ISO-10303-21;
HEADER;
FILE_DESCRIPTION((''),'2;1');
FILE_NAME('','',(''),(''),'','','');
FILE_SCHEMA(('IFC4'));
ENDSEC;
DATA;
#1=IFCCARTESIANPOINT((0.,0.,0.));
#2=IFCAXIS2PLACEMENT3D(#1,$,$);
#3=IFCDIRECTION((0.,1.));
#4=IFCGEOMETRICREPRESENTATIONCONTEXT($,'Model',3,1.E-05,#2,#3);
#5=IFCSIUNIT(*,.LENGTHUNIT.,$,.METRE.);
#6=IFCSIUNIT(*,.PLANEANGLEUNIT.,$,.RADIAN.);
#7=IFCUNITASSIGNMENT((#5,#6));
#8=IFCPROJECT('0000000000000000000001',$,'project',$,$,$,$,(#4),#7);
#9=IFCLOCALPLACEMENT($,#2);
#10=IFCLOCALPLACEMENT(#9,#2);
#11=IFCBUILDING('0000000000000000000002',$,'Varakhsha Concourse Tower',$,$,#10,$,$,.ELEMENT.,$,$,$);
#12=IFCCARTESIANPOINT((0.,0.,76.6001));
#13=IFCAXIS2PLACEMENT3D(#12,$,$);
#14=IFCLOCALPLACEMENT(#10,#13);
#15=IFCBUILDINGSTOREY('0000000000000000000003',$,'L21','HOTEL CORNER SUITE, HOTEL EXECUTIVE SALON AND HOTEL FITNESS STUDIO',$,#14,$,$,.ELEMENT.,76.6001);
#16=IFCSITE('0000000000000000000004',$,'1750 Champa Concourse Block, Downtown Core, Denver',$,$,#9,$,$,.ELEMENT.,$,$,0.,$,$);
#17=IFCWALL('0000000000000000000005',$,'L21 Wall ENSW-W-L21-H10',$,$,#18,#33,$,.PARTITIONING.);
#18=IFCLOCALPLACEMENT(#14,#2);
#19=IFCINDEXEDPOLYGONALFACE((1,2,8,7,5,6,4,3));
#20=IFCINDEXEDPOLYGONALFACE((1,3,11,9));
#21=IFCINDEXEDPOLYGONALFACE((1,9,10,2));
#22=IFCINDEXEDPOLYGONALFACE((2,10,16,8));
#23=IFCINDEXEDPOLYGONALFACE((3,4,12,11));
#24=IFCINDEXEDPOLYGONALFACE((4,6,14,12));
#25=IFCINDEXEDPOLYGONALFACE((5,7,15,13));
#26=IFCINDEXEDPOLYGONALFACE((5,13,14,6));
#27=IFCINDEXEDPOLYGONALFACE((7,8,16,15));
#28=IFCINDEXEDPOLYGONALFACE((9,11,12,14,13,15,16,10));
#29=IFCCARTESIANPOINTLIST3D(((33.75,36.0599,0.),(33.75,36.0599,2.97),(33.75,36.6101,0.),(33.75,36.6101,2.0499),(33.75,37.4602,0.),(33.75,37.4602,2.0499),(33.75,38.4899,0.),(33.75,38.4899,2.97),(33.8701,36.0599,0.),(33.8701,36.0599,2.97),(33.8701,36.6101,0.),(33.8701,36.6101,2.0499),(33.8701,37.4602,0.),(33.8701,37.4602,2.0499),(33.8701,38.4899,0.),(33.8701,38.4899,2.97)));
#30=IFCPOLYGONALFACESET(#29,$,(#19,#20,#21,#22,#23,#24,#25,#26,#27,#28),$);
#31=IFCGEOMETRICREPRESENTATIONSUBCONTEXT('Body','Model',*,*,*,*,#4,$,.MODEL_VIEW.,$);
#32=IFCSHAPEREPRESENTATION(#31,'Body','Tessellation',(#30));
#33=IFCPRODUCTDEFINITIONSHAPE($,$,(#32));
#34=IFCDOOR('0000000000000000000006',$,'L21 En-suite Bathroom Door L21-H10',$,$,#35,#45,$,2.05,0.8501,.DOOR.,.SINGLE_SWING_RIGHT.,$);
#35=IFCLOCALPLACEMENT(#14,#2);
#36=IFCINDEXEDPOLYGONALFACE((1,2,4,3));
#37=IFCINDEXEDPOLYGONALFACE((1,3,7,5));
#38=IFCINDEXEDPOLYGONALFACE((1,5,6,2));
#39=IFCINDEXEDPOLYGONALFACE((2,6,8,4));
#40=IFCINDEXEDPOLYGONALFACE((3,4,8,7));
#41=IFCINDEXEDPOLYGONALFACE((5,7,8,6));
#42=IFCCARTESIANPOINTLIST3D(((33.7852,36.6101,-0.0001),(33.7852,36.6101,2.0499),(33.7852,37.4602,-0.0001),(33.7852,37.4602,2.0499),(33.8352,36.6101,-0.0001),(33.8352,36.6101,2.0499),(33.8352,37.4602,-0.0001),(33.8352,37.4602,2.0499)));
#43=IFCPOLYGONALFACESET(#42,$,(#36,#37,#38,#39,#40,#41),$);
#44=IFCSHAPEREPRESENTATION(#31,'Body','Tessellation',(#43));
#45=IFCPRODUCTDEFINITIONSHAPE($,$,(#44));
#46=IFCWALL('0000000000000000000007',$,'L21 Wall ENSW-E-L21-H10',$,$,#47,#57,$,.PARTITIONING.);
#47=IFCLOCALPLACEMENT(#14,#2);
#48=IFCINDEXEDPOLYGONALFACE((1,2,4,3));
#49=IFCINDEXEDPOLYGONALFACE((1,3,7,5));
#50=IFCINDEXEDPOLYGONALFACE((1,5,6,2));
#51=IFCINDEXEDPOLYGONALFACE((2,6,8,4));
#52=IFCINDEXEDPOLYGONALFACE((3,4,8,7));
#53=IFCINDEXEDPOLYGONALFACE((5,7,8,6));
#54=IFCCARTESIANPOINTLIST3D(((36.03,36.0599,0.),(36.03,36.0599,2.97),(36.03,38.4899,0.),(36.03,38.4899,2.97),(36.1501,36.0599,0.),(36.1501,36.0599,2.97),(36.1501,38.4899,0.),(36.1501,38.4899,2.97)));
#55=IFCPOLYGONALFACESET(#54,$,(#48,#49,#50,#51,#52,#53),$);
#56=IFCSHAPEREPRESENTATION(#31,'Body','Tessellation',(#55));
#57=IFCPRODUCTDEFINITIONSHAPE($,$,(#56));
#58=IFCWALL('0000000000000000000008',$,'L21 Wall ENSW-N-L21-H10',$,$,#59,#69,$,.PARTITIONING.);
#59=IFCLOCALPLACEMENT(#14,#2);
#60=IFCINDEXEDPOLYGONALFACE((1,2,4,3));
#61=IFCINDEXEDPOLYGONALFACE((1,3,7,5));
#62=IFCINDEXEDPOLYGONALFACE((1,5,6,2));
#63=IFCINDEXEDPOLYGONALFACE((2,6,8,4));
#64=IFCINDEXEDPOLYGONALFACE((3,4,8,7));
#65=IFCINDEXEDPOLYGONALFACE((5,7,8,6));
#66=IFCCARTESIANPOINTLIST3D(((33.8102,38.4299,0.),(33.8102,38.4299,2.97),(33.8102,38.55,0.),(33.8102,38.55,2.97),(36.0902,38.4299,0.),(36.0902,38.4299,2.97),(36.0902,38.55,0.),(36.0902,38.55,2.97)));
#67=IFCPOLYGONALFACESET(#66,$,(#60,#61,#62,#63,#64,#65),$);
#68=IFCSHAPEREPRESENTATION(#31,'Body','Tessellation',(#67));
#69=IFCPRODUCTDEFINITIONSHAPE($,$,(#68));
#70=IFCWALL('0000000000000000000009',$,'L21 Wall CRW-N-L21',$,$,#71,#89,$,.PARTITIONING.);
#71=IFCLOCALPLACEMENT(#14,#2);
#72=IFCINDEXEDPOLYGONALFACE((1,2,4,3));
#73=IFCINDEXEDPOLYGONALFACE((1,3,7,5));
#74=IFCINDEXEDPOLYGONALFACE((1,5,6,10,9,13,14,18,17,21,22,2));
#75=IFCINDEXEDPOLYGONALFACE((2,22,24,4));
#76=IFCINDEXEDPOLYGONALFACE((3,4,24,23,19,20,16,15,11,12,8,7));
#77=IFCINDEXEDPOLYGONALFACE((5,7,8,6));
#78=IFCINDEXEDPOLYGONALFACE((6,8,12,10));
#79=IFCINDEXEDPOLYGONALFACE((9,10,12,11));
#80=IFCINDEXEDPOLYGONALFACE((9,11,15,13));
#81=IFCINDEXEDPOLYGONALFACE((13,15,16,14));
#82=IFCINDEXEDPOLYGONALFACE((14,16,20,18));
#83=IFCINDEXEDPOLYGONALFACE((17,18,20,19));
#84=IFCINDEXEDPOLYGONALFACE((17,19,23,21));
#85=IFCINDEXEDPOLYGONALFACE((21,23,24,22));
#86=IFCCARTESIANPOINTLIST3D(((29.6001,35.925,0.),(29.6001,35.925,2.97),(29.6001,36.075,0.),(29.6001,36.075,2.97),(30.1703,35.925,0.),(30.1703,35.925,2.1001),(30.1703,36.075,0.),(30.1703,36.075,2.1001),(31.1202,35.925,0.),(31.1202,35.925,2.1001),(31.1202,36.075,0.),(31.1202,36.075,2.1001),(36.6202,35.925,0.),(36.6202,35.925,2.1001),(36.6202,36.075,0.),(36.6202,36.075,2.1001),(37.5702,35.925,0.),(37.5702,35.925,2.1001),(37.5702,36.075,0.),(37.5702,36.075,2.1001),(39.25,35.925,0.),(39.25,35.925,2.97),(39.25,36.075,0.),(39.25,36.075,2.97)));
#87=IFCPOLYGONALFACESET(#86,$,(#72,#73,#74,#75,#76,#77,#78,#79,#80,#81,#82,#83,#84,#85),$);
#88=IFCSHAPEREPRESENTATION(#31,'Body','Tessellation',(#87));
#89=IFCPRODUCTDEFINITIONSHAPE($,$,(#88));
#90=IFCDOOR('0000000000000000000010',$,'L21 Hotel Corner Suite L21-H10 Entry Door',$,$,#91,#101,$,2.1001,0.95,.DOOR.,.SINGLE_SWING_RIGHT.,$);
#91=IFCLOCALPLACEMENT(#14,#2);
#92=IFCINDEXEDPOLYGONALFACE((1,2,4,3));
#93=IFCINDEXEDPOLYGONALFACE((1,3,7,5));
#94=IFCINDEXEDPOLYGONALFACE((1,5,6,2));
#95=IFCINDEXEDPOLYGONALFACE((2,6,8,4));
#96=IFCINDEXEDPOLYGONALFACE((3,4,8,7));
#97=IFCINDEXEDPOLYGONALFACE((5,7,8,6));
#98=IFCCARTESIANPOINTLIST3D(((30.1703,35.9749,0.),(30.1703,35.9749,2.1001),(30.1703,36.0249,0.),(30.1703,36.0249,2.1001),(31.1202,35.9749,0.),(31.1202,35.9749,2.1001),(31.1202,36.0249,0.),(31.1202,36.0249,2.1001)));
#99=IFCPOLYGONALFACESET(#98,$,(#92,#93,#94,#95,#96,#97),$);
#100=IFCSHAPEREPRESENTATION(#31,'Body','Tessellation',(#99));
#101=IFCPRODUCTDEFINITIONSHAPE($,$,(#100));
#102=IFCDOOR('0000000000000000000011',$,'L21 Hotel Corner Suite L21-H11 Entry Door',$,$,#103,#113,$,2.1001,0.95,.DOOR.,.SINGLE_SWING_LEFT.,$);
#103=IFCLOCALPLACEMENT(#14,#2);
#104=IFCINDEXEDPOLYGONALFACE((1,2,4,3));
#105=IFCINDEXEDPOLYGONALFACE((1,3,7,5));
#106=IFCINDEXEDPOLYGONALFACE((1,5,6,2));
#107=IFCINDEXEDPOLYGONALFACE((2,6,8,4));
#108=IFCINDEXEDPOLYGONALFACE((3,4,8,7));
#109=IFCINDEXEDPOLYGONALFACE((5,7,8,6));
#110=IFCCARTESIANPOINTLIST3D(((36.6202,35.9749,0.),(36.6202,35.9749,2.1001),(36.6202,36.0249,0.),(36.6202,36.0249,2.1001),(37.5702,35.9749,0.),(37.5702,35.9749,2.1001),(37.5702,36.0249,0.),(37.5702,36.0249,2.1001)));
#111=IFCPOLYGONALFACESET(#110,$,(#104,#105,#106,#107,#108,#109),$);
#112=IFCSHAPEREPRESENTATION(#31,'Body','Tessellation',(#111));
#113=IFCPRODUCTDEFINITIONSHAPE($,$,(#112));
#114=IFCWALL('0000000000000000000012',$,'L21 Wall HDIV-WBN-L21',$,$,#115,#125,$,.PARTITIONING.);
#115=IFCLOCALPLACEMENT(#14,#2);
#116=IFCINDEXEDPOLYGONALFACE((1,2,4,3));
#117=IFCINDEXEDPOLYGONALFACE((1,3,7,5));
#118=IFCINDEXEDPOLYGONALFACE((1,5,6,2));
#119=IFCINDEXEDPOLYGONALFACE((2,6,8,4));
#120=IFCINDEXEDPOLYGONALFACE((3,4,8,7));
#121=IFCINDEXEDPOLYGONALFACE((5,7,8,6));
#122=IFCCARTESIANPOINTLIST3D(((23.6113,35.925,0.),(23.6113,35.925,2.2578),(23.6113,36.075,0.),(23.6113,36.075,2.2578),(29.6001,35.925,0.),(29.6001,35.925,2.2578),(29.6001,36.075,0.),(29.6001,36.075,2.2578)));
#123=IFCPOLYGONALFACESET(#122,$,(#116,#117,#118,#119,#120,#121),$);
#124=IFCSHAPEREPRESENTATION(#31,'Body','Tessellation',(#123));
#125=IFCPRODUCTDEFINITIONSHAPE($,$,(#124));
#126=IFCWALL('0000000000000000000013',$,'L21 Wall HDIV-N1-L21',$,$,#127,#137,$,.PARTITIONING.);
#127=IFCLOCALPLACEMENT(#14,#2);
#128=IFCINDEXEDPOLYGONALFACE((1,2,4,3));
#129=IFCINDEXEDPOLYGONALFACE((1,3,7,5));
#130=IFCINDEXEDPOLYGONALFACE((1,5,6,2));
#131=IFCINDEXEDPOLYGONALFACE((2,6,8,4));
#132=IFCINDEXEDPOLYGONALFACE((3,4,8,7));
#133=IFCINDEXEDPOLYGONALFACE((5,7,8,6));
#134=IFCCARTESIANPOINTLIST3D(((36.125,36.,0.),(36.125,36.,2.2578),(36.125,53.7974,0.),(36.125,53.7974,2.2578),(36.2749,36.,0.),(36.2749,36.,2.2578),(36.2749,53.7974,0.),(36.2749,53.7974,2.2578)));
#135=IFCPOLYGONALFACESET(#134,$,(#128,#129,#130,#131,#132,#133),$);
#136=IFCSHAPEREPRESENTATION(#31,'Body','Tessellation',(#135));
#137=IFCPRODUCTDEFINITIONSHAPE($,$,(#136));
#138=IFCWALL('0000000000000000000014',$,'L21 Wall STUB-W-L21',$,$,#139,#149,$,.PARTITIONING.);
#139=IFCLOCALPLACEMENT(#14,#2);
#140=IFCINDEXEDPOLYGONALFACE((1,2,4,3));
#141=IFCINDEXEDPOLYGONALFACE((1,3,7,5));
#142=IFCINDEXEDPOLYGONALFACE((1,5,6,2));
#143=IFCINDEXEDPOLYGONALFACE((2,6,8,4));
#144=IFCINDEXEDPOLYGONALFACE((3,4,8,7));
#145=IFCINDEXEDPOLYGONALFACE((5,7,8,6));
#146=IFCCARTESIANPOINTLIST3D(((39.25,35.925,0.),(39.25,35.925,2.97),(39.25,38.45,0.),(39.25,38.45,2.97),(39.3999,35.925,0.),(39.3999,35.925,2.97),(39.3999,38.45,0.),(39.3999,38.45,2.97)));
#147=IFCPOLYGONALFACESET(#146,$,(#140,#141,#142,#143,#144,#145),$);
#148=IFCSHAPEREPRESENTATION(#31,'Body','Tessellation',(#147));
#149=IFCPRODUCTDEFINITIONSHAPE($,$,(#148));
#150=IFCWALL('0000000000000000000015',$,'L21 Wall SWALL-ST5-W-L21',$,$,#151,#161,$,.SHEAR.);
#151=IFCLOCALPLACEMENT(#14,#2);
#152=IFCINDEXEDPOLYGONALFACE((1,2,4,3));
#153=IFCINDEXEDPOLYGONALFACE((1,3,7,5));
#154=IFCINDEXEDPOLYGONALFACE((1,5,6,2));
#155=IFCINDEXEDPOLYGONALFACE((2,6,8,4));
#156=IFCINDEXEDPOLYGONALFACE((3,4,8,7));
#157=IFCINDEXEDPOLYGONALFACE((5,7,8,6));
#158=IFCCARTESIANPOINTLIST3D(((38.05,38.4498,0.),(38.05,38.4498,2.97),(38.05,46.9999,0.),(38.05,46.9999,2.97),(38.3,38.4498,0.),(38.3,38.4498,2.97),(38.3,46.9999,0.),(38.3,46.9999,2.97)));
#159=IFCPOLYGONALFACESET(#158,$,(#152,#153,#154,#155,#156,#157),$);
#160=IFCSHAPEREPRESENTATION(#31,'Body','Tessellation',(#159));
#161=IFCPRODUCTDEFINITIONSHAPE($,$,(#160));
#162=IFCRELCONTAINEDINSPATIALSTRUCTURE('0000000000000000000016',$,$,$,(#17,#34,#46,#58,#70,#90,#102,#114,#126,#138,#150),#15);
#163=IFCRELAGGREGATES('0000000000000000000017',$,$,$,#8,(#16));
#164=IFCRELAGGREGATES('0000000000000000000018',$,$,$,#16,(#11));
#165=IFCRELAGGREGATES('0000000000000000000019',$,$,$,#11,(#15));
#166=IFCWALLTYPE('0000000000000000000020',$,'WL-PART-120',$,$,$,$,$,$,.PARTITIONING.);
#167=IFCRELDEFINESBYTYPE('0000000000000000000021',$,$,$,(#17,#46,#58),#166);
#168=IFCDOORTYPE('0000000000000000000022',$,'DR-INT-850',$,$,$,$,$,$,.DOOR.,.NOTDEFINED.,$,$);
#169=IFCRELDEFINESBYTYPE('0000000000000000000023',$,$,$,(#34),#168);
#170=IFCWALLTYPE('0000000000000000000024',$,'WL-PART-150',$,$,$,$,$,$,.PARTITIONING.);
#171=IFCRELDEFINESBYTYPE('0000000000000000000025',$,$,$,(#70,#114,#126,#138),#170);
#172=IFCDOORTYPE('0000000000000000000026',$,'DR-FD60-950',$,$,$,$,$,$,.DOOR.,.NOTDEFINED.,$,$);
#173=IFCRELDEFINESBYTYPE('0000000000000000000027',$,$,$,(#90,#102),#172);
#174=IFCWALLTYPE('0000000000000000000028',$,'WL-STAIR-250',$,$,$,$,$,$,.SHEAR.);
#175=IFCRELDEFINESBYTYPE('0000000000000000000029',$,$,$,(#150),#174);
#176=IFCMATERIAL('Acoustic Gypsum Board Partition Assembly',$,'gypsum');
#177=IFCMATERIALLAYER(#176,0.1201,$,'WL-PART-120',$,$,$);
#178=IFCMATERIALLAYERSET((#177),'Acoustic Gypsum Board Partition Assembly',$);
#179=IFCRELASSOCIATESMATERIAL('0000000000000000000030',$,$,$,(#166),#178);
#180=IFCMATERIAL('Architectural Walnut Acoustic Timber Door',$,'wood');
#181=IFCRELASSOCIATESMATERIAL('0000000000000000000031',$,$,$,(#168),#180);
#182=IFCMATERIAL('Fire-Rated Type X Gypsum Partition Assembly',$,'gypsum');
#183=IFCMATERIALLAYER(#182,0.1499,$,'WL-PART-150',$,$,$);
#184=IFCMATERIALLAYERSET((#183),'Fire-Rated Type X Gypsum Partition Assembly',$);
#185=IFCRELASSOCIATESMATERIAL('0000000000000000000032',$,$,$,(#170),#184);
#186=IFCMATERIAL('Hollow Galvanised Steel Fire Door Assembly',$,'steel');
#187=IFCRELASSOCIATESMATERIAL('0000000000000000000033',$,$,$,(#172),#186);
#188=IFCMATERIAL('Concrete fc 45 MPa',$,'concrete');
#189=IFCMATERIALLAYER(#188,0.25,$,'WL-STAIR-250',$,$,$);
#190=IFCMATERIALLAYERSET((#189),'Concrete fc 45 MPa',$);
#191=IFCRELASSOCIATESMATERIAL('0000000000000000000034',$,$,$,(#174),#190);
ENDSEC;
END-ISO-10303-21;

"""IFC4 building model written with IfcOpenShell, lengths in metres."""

from ifc_helpers import new_model, si_unit, direction, frame, frame_2d, origin, place, context, subcontext, project, spatial, rectangle, extrude, material, layer, layer_set, type_object, element, fill, save


model = new_model("IFC4")

# Units and contexts
model_context = context("Model", 3, precision=1e-05, world=origin(), true_north=direction((0.0, 1.0)))
body_context = subcontext(model_context, "Body", "Model", "MODEL_VIEW")
ifc_project = project(units=[si_unit("LENGTHUNIT", "METRE"), si_unit("PLANEANGLEUNIT", "RADIAN")], contexts=[model_context])

# Site, building, storey
site_placement = place(None, origin())
site = spatial("IfcSite", under=ifc_project, at=site_placement, Name="1750 Champa Concourse Block, Downtown Core, Denver", CompositionType="ELEMENT", RefElevation=0.0)
building_placement = place(site_placement, origin())
building = spatial("IfcBuilding", under=site, at=building_placement, Name="Varakhsha Concourse Tower", CompositionType="ELEMENT")
storey_placement = place(building_placement, frame((0.0, 0.0, 76.6001)))
storey = spatial("IfcBuildingStorey", under=building, at=storey_placement, Name="L21", Description="HOTEL CORNER SUITE, HOTEL EXECUTIVE SALON AND HOTEL FITNESS STUDIO", CompositionType="ELEMENT", Elevation=76.6001)

# Shared definitions
ifc_material_1 = material(Name="Acoustic Gypsum Board Partition Assembly", Category="gypsum")
ifc_layer_1 = layer(ifc_material_1, 0.1201, Name="WL-PART-120")
ifc_layer_set_1 = layer_set([ifc_layer_1], Name="Acoustic Gypsum Board Partition Assembly")
wall_type_1 = type_object("IfcWallType", Name="WL-PART-120", PredefinedType="PARTITIONING", material=ifc_layer_set_1)

# Wall, opening, door
wall_1_placement = place(storey_placement, frame((33.8101, 36.0601, 0.0), z_axis=(0.0, 0.0, 1.0), x_axis=(0.0, 1.0, 0.0)))
wall_1 = element("IfcWall", 1, at=wall_1_placement, inside=storey, type_object=wall_type_1, Name="L21 Wall ENSW-W-L21-H10", PredefinedType="PARTITIONING", context=body_context, shape_type="SweptSolid", body=[
    extrude(rectangle(XDim=2.4299, YDim=0.1201, at=frame_2d((1.2148, 0.0))), origin(), (0.0, 0.0, 1.0), 2.97),
])
opening_1_placement = place(wall_1_placement, frame((0.55, 0.0, 0.0)))
opening_1 = element("IfcOpeningElement", 2, at=opening_1_placement, cuts=wall_1, PredefinedType="OPENING", context=body_context, shape_type="SweptSolid", body=[
    extrude(rectangle(XDim=0.8501, YDim=2.05, at=frame_2d((0.425, 1.0249))), frame((0.0, 0.0701, 0.0), z_axis=(0.0, -1.0, 0.0), x_axis=(1.0, 0.0, 0.0)), (0.0, 0.0, 1.0), 0.1401),
])
ifc_material_2 = material(Name="Architectural Walnut Acoustic Timber Door", Category="wood")
door_type_1 = type_object("IfcDoorType", Name="DR-INT-850", OperationType="NOTDEFINED", PredefinedType="DOOR", material=ifc_material_2)
door_1_placement = place(opening_1_placement, origin())
door_1 = element("IfcDoor", 3, at=door_1_placement, inside=storey, type_object=door_type_1, Name="L21 En-suite Bathroom Door L21-H10", OperationType="SINGLE_SWING_RIGHT", OverallHeight=2.05, OverallWidth=0.8501, PredefinedType="DOOR", context=body_context, shape_type="SweptSolid", body=[
    extrude(rectangle(XDim=0.8501, YDim=2.05, at=frame_2d((0.425, 1.0249))), frame((0.0, 0.0249, 0.0), z_axis=(0.0, -1.0, 0.0), x_axis=(1.0, 0.0, 0.0)), (0.0, 0.0, 1.0), 0.05),
])
fill(opening_1, door_1)

# Walls
wall_2_placement = place(storey_placement, frame((36.0901, 36.0601, 0.0), z_axis=(0.0, 0.0, 1.0), x_axis=(0.0, 1.0, 0.0)))
element("IfcWall", 4, at=wall_2_placement, inside=storey, type_object=wall_type_1, Name="L21 Wall ENSW-E-L21-H10", PredefinedType="PARTITIONING", context=body_context, shape_type="SweptSolid", body=[
    extrude(rectangle(XDim=2.4299, YDim=0.1201, at=frame_2d((1.2148, 0.0))), origin(), (0.0, 0.0, 1.0), 2.97),
])
wall_3_placement = place(storey_placement, frame((33.8101, 38.49, 0.0), z_axis=(0.0, 0.0, 1.0), x_axis=(1.0, 0.0, 0.0)))
element("IfcWall", 5, at=wall_3_placement, inside=storey, type_object=wall_type_1, Name="L21 Wall ENSW-N-L21-H10", PredefinedType="PARTITIONING", context=body_context, shape_type="SweptSolid", body=[
    extrude(rectangle(XDim=2.28, YDim=0.1201, at=frame_2d((1.1401, 0.0))), origin(), (0.0, 0.0, 1.0), 2.97),
])

# Wall, openings, doors
ifc_material_3 = material(Name="Fire-Rated Type X Gypsum Partition Assembly", Category="gypsum")
ifc_layer_2 = layer(ifc_material_3, 0.1499, Name="WL-PART-150")
ifc_layer_set_2 = layer_set([ifc_layer_2], Name="Fire-Rated Type X Gypsum Partition Assembly")
wall_type_2 = type_object("IfcWallType", Name="WL-PART-150", PredefinedType="PARTITIONING", material=ifc_layer_set_2)
wall_4_placement = place(storey_placement, frame((29.6001, 36.0, 0.0), z_axis=(0.0, 0.0, 1.0), x_axis=(1.0, 0.0, 0.0)))
wall_4 = element("IfcWall", 6, at=wall_4_placement, inside=storey, type_object=wall_type_2, Name="L21 Wall CRW-N-L21", PredefinedType="PARTITIONING", context=body_context, shape_type="SweptSolid", body=[
    extrude(rectangle(XDim=9.6499, YDim=0.1499, at=frame_2d((4.825, 0.0))), origin(), (0.0, 0.0, 1.0), 2.97),
])
opening_2_placement = place(wall_4_placement, frame((0.5701, 0.0, 0.0)))
opening_2 = element("IfcOpeningElement", 7, at=opening_2_placement, cuts=wall_4, PredefinedType="OPENING", context=body_context, shape_type="SweptSolid", body=[
    extrude(rectangle(XDim=0.95, YDim=2.1001, at=frame_2d((0.4751, 1.05))), frame((0.0, 0.085, 0.0), z_axis=(0.0, -1.0, 0.0), x_axis=(1.0, 0.0, 0.0)), (0.0, 0.0, 1.0), 0.1699),
])
opening_3_placement = place(wall_4_placement, frame((7.02, 0.0, 0.0)))
opening_3 = element("IfcOpeningElement", 8, at=opening_3_placement, cuts=wall_4, PredefinedType="OPENING", context=body_context, shape_type="SweptSolid", body=[
    extrude(rectangle(XDim=0.95, YDim=2.1001, at=frame_2d((0.4751, 1.05))), frame((0.0, 0.085, 0.0), z_axis=(0.0, -1.0, 0.0), x_axis=(1.0, 0.0, 0.0)), (0.0, 0.0, 1.0), 0.1699),
])
ifc_material_4 = material(Name="Hollow Galvanised Steel Fire Door Assembly", Category="steel")
door_type_2 = type_object("IfcDoorType", Name="DR-FD60-950", OperationType="NOTDEFINED", PredefinedType="DOOR", material=ifc_material_4)
door_2_placement = place(opening_2_placement, origin())
door_2 = element("IfcDoor", 9, at=door_2_placement, inside=storey, type_object=door_type_2, Name="L21 Hotel Corner Suite L21-H10 Entry Door", OperationType="SINGLE_SWING_RIGHT", OverallHeight=2.1001, OverallWidth=0.95, PredefinedType="DOOR", context=body_context, shape_type="SweptSolid", body=[
    extrude(rectangle(XDim=0.95, YDim=2.1001, at=frame_2d((0.4751, 1.05))), frame((0.0, 0.0249, 0.0), z_axis=(0.0, -1.0, 0.0), x_axis=(1.0, 0.0, 0.0)), (0.0, 0.0, 1.0), 0.05),
])
fill(opening_2, door_2)
door_3_placement = place(opening_3_placement, origin())
door_3 = element("IfcDoor", 10, at=door_3_placement, inside=storey, type_object=door_type_2, Name="L21 Hotel Corner Suite L21-H11 Entry Door", OperationType="SINGLE_SWING_LEFT", OverallHeight=2.1001, OverallWidth=0.95, PredefinedType="DOOR", context=body_context, shape_type="SweptSolid", body=[
    extrude(rectangle(XDim=0.95, YDim=2.1001, at=frame_2d((0.4751, 1.05))), frame((0.0, 0.0249, 0.0), z_axis=(0.0, -1.0, 0.0), x_axis=(1.0, 0.0, 0.0)), (0.0, 0.0, 1.0), 0.05),
])
fill(opening_3, door_3)

# Walls
wall_5_placement = place(storey_placement, frame((23.6113, 36.0, 0.0), z_axis=(0.0, 0.0, 1.0), x_axis=(1.0, 0.0, 0.0)))
element("IfcWall", 11, at=wall_5_placement, inside=storey, type_object=wall_type_2, Name="L21 Wall HDIV-WBN-L21", PredefinedType="PARTITIONING", context=body_context, shape_type="SweptSolid", body=[
    extrude(rectangle(XDim=5.9888, YDim=0.1499, at=frame_2d((2.9944, 0.0))), origin(), (0.0, 0.0, 1.0), 2.2578),
])
wall_6_placement = place(storey_placement, frame((36.2, 36.0, 0.0), z_axis=(0.0, 0.0, 1.0), x_axis=(0.0, 1.0, 0.0)))
element("IfcWall", 12, at=wall_6_placement, inside=storey, type_object=wall_type_2, Name="L21 Wall HDIV-N1-L21", PredefinedType="PARTITIONING", context=body_context, shape_type="SweptSolid", body=[
    extrude(rectangle(XDim=17.7974, YDim=0.1499, at=frame_2d((8.8987, 0.0))), origin(), (0.0, 0.0, 1.0), 2.2578),
])
wall_7_placement = place(storey_placement, frame((39.325, 35.925, 0.0), z_axis=(0.0, 0.0, 1.0), x_axis=(0.0, 1.0, 0.0)))
element("IfcWall", 13, at=wall_7_placement, inside=storey, type_object=wall_type_2, Name="L21 Wall STUB-W-L21", PredefinedType="PARTITIONING", context=body_context, shape_type="SweptSolid", body=[
    extrude(rectangle(XDim=2.5249, YDim=0.1499, at=frame_2d((1.2625, 0.0))), origin(), (0.0, 0.0, 1.0), 2.97),
])
ifc_material_5 = material(Name="Concrete fc 45 MPa", Category="concrete")
ifc_layer_3 = layer(ifc_material_5, 0.25, Name="WL-STAIR-250")
ifc_layer_set_3 = layer_set([ifc_layer_3], Name="Concrete fc 45 MPa")
wall_type_3 = type_object("IfcWallType", Name="WL-STAIR-250", PredefinedType="SHEAR", material=ifc_layer_set_3)
wall_8_placement = place(storey_placement, frame((38.175, 38.45, 0.0), z_axis=(0.0, 0.0, 1.0), x_axis=(0.0, 1.0, 0.0)))
element("IfcWall", 14, at=wall_8_placement, inside=storey, type_object=wall_type_3, Name="L21 Wall SWALL-ST5-W-L21", PredefinedType="SHEAR", context=body_context, shape_type="SweptSolid", body=[
    extrude(rectangle(XDim=8.55, YDim=0.25, at=frame_2d((4.2749, 0.0))), origin(), (0.0, 0.0, 1.0), 2.97),
])

save(model, "model.ifc")
